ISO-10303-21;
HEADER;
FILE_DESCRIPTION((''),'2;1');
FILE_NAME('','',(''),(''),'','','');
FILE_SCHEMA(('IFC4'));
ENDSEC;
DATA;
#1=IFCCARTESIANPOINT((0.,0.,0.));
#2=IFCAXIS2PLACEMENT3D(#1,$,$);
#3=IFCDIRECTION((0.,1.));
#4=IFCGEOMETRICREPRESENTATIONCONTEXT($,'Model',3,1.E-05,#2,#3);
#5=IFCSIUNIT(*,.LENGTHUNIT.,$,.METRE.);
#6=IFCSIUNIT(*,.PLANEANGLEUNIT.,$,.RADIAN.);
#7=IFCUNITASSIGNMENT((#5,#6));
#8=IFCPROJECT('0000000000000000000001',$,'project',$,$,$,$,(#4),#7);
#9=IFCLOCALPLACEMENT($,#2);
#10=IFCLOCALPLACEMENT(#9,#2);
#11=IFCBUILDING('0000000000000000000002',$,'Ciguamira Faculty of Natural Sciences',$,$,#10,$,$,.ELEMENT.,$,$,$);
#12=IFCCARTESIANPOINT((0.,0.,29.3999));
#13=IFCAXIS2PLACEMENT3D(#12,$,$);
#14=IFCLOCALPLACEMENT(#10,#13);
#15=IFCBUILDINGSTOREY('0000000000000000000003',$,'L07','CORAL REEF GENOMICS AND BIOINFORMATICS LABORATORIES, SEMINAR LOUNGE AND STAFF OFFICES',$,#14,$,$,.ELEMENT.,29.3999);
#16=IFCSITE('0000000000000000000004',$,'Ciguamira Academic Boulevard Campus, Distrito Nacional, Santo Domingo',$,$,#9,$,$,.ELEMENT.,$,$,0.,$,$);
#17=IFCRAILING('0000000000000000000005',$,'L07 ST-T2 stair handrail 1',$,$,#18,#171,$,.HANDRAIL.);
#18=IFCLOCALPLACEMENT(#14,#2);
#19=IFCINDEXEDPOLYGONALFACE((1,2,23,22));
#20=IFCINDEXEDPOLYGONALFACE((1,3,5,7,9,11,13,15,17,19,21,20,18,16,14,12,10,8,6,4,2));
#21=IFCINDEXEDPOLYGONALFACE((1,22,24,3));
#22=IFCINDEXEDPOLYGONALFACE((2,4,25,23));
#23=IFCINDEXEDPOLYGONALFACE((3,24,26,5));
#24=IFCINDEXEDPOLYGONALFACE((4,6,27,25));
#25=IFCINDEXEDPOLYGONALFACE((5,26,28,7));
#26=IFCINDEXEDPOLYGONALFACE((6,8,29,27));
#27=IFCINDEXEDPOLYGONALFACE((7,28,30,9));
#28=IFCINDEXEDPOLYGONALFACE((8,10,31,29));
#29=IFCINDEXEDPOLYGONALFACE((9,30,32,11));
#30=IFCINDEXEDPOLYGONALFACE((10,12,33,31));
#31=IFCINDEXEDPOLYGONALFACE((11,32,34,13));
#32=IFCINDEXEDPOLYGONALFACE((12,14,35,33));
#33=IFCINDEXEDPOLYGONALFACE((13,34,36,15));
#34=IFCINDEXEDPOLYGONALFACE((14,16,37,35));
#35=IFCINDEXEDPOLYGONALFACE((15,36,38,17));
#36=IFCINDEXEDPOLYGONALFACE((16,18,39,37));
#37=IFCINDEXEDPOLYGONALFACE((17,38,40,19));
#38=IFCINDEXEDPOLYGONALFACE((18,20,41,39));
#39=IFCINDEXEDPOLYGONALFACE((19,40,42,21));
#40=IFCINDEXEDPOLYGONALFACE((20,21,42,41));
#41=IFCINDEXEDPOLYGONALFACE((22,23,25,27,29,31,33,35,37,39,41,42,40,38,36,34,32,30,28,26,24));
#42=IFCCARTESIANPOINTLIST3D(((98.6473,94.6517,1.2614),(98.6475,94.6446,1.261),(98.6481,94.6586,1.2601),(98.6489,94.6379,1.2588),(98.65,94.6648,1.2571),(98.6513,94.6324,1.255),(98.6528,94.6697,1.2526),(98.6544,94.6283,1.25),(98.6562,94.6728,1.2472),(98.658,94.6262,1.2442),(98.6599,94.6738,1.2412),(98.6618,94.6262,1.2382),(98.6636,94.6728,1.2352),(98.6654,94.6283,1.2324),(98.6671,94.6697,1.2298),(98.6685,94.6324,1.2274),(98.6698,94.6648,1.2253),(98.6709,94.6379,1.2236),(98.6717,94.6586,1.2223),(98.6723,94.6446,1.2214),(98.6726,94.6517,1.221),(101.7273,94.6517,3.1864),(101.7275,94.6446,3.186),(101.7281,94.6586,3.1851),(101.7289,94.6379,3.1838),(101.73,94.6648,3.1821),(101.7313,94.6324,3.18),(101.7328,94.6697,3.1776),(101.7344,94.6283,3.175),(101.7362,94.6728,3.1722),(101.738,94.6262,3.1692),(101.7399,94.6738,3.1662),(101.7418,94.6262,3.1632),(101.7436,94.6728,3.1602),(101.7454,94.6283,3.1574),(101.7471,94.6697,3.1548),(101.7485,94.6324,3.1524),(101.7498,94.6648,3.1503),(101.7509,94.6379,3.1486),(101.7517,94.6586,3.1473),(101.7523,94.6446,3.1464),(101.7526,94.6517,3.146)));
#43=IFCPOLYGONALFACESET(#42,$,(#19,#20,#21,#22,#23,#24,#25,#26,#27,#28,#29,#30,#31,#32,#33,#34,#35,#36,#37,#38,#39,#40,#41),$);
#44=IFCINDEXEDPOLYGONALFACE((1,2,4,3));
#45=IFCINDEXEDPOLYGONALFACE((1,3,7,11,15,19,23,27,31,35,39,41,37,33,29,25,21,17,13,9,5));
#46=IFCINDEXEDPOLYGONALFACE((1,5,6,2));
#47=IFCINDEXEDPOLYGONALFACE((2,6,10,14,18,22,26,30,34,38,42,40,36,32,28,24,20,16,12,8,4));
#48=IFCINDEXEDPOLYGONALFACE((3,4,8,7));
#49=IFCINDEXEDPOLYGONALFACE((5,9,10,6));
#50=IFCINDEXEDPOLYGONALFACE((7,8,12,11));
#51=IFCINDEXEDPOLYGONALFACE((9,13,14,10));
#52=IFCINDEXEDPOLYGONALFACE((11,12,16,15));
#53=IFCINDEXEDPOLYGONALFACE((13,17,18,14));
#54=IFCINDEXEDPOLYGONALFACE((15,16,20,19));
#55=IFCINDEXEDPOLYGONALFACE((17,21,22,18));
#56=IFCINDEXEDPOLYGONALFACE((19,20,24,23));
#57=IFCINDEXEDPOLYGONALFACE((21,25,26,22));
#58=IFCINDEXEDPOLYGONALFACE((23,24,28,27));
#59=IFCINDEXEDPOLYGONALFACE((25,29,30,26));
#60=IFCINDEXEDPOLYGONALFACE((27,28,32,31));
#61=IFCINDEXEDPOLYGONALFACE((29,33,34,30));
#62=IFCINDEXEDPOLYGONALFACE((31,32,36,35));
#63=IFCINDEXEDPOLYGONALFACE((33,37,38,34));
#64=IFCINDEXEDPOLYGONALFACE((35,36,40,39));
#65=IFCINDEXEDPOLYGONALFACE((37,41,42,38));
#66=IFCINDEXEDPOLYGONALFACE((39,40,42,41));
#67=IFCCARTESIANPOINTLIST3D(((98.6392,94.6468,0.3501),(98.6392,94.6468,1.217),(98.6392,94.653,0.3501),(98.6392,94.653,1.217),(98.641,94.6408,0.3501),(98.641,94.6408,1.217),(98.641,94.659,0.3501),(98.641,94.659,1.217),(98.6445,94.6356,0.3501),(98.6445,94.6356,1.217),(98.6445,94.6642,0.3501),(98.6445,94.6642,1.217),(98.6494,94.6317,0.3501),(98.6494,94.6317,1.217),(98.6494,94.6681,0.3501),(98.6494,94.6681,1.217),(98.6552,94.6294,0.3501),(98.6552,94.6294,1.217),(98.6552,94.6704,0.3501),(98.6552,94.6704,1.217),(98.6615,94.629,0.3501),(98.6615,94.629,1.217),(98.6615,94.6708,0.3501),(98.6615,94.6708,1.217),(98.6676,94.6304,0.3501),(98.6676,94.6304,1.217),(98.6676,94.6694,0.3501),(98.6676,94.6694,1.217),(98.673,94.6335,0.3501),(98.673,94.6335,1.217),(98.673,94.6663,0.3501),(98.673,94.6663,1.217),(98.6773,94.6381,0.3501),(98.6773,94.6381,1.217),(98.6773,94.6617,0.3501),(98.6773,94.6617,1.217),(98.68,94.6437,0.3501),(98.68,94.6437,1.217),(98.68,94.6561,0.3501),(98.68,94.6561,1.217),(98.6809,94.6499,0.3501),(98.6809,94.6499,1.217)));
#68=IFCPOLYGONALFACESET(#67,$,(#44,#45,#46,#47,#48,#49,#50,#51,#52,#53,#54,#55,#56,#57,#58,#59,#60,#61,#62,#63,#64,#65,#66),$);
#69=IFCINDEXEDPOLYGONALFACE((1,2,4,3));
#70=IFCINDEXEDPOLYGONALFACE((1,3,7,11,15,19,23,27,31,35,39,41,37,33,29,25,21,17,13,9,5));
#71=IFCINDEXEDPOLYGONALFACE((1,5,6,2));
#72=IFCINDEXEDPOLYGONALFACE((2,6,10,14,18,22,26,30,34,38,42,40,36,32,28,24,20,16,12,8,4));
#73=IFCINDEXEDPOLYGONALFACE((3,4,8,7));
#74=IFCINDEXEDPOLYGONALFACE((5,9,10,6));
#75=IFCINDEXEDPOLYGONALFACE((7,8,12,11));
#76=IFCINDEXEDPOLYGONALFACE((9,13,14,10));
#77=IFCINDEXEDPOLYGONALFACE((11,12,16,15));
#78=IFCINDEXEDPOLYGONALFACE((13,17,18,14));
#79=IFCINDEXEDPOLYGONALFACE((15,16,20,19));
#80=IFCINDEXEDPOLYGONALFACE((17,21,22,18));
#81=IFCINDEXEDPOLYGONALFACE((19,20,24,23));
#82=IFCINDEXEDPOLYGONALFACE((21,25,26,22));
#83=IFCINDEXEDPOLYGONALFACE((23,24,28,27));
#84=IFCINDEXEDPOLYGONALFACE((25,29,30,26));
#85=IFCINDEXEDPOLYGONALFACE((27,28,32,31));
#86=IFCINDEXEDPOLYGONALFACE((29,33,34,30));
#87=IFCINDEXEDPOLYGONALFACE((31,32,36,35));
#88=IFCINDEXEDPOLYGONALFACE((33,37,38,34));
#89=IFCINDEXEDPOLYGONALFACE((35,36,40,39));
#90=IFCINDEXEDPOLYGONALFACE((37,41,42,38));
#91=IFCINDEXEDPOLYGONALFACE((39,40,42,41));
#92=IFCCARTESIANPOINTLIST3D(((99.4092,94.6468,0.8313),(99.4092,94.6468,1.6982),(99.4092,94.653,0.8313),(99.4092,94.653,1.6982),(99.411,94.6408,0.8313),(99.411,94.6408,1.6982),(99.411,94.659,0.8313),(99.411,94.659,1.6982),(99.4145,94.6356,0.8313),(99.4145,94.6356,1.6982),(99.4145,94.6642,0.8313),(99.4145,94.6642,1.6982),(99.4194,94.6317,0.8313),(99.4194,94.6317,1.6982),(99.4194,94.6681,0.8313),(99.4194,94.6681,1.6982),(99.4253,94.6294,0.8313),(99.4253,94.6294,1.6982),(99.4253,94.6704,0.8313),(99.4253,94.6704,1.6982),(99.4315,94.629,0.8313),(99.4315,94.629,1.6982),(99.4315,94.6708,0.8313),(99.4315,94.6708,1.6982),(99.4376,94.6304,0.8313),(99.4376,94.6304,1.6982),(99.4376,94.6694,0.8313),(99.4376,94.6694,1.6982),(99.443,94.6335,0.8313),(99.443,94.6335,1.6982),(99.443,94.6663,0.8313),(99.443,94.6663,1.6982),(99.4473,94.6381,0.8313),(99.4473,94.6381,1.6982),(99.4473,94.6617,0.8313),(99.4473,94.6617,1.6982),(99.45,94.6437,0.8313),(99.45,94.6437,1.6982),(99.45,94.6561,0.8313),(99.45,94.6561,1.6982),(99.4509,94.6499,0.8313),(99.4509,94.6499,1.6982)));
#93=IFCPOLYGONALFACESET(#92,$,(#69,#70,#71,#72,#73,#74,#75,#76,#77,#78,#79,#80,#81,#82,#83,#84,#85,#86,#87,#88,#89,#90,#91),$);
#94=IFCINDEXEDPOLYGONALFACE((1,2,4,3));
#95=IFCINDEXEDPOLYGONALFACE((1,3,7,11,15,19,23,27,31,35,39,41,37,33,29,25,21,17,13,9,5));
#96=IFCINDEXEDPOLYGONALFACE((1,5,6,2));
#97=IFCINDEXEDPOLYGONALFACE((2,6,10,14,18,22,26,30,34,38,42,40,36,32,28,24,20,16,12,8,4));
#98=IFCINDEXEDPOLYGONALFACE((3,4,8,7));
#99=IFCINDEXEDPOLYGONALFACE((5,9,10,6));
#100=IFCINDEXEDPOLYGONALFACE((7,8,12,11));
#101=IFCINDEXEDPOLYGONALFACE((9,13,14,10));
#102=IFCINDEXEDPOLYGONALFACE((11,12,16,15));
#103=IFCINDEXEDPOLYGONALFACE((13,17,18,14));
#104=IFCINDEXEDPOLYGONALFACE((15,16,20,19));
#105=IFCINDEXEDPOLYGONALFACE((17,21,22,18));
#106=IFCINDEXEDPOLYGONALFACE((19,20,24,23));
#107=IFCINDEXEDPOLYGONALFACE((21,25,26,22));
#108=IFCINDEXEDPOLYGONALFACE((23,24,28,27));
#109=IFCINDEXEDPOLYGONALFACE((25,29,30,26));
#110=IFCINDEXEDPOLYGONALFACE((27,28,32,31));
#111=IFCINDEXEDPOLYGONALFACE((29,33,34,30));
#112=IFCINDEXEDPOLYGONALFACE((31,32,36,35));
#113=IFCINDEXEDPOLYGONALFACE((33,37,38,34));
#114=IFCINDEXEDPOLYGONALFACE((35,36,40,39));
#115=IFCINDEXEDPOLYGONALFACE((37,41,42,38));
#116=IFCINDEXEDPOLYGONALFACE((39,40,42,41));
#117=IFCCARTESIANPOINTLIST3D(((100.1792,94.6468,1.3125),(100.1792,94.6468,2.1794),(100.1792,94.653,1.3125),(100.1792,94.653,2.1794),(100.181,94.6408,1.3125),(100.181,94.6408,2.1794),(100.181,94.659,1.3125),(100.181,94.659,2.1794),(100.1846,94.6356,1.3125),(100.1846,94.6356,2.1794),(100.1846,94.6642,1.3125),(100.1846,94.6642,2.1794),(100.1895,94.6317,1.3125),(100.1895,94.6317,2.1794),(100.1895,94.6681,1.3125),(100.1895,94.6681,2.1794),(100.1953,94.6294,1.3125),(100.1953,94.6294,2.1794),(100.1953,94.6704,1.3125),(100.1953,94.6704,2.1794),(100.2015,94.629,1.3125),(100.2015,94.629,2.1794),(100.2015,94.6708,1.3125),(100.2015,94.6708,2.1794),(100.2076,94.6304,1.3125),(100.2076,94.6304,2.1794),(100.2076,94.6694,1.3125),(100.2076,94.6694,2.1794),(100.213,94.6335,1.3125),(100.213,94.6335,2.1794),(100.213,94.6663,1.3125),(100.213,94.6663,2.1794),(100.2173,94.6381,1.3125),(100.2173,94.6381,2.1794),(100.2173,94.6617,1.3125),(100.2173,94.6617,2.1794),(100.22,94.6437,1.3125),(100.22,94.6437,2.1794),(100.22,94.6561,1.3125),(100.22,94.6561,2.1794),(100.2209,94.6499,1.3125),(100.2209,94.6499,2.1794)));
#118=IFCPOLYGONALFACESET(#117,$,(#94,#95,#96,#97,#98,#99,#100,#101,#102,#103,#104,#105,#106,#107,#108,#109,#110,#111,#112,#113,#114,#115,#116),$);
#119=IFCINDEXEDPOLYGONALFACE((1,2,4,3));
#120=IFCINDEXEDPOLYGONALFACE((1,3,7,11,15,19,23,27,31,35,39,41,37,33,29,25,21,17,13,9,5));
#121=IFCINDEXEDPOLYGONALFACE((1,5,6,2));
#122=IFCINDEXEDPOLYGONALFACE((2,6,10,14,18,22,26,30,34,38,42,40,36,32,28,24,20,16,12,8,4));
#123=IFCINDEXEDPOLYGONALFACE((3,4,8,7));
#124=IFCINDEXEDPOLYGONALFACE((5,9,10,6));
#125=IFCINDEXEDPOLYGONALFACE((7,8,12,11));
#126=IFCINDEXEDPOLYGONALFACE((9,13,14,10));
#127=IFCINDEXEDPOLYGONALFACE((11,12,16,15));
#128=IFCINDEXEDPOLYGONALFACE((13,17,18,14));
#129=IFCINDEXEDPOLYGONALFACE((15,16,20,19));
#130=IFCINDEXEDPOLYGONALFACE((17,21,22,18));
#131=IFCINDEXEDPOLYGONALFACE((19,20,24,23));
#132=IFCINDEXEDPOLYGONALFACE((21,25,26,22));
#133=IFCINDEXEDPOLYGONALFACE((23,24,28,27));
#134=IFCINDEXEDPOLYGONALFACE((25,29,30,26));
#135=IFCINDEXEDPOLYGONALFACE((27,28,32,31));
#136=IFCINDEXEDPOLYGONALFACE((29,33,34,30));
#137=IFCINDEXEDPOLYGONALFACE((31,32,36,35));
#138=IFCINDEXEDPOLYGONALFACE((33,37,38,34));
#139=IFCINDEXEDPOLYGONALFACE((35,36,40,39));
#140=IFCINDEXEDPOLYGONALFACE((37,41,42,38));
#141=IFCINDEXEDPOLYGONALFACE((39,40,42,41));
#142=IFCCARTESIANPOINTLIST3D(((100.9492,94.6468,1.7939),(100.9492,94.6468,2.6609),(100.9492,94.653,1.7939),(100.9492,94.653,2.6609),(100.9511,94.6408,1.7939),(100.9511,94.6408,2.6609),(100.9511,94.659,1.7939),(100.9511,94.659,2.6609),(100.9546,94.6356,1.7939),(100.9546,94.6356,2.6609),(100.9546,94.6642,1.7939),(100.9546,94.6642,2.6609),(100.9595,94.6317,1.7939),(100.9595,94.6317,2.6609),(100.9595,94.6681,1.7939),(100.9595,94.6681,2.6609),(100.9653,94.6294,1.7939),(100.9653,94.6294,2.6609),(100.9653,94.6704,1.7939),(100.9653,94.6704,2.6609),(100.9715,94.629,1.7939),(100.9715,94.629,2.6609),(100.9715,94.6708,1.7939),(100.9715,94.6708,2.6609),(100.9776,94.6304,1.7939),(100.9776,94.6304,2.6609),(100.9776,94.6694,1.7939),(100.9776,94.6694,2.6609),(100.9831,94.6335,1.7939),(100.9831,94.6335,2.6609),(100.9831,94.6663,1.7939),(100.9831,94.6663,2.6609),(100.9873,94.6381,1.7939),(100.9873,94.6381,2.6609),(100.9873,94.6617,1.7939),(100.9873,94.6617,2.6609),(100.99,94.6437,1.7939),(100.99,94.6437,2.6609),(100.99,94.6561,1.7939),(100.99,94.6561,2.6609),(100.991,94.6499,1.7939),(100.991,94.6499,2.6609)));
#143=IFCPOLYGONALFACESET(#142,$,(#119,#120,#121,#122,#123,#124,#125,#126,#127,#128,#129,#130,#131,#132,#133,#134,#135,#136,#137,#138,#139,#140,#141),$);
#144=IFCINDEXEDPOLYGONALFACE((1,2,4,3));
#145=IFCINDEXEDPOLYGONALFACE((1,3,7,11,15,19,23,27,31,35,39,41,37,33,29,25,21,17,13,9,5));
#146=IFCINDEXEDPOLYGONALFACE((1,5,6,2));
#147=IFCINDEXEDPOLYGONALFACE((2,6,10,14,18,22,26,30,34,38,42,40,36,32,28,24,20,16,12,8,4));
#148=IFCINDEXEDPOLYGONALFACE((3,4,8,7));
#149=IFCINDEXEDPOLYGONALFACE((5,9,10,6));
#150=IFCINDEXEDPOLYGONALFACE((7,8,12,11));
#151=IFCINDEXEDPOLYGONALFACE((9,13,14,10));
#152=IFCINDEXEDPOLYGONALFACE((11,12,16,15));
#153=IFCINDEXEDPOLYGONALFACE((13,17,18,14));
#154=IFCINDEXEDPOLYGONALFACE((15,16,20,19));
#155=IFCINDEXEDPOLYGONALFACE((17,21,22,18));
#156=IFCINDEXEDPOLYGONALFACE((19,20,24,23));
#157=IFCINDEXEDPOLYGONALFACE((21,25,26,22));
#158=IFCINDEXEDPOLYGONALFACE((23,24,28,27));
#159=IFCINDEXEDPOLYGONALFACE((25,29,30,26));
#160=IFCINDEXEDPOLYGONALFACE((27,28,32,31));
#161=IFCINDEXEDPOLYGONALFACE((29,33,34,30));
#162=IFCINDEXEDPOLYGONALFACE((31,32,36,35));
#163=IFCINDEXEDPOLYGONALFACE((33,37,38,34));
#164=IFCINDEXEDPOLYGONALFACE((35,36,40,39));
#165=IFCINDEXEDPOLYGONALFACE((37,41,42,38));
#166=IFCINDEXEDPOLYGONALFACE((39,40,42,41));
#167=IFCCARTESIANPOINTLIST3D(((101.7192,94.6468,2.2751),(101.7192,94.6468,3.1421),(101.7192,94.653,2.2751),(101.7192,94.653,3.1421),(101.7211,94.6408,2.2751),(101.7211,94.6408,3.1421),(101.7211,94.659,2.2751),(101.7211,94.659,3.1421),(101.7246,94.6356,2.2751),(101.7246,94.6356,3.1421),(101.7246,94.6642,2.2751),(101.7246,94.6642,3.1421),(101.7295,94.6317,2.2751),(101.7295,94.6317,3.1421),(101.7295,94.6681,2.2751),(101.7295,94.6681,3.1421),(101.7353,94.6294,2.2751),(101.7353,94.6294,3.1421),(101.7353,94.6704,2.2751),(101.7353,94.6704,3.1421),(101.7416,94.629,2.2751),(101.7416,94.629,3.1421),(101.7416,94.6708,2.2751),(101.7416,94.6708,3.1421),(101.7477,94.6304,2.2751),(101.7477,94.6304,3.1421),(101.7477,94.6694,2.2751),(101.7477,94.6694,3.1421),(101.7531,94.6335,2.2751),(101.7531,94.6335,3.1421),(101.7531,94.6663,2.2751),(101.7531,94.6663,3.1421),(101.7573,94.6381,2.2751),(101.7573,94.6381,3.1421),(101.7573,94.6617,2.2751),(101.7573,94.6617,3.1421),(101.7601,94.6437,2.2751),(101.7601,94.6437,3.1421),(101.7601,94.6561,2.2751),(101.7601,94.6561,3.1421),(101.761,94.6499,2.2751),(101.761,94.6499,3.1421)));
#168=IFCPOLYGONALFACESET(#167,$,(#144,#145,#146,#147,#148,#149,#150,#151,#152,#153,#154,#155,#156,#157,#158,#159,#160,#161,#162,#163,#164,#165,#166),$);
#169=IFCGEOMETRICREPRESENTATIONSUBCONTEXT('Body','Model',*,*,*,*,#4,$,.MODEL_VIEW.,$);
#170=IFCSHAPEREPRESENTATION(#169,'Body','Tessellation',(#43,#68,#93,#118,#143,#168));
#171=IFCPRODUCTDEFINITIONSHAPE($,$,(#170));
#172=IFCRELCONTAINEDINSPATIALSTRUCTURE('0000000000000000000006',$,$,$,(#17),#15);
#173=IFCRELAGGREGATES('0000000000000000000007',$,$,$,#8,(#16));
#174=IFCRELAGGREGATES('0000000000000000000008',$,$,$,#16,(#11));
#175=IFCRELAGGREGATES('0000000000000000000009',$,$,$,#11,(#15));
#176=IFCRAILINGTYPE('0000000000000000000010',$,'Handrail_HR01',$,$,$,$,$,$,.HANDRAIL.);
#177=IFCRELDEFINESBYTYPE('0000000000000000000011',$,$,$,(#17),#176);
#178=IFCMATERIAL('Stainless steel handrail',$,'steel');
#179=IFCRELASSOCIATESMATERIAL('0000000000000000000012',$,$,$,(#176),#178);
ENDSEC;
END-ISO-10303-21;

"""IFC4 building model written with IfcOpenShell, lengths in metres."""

from ifc_helpers import new_model, si_unit, direction, frame, origin, origin_2d, place, context, subcontext, project, spatial, circle, extrude, material, type_object, element, save


model = new_model("IFC4")

# Units and contexts
model_context = context("Model", 3, precision=1e-05, world=origin(), true_north=direction((0.0, 1.0)))
body_context = subcontext(model_context, "Body", "Model", "MODEL_VIEW")
ifc_project = project(units=[si_unit("LENGTHUNIT", "METRE"), si_unit("PLANEANGLEUNIT", "RADIAN")], contexts=[model_context])

# Site, building, storey
site_placement = place(None, origin())
site = spatial("IfcSite", under=ifc_project, at=site_placement, Name="Ciguamira Academic Boulevard Campus, Distrito Nacional, Santo Domingo", CompositionType="ELEMENT", RefElevation=0.0)
building_placement = place(site_placement, origin())
building = spatial("IfcBuilding", under=site, at=building_placement, Name="Ciguamira Faculty of Natural Sciences", CompositionType="ELEMENT")
storey_placement = place(building_placement, frame((0.0, 0.0, 29.3999)))
storey = spatial("IfcBuildingStorey", under=building, at=storey_placement, Name="L07", Description="CORAL REEF GENOMICS AND BIOINFORMATICS LABORATORIES, SEMINAR LOUNGE AND STAFF OFFICES", CompositionType="ELEMENT", Elevation=29.3999)

# Railing
ifc_material_1 = material(Name="Stainless steel handrail", Category="steel")
railing_type_1 = type_object("IfcRailingType", Name="Handrail_HR01", PredefinedType="HANDRAIL", material=ifc_material_1)
railing_1_placement = place(storey_placement, frame((98.6599, 94.6499, 0.3501)))
element("IfcRailing", 1, at=railing_1_placement, inside=storey, type_object=railing_type_1, Name="L07 ST-T2 stair handrail 1", PredefinedType="HANDRAIL", context=body_context, shape_type="SweptSolid", body=[
    extrude(circle(Radius=0.0239, at=origin_2d()), frame((0.0, 0.0, 0.8911), z_axis=(0.847998, 0.0, 0.529999), x_axis=(0.0, 1.0, 0.0)), (0.0, 0.0, 1.0), 3.6321),
    extrude(circle(Radius=0.021, at=origin_2d()), origin(), (0.0, 0.0, 1.0), 0.8669),
    extrude(circle(Radius=0.021, at=origin_2d()), frame((0.77, 0.0, 0.4812)), (0.0, 0.0, 1.0), 0.8669),
    extrude(circle(Radius=0.021, at=origin_2d()), frame((1.54, 0.0, 0.9624)), (0.0, 0.0, 1.0), 0.8669),
    extrude(circle(Radius=0.021, at=origin_2d()), frame((2.3101, 0.0, 1.4438)), (0.0, 0.0, 1.0), 0.8669),
    extrude(circle(Radius=0.021, at=origin_2d()), frame((3.0801, 0.0, 1.925)), (0.0, 0.0, 1.0), 0.8669),
])

save(model, "model.ifc")
